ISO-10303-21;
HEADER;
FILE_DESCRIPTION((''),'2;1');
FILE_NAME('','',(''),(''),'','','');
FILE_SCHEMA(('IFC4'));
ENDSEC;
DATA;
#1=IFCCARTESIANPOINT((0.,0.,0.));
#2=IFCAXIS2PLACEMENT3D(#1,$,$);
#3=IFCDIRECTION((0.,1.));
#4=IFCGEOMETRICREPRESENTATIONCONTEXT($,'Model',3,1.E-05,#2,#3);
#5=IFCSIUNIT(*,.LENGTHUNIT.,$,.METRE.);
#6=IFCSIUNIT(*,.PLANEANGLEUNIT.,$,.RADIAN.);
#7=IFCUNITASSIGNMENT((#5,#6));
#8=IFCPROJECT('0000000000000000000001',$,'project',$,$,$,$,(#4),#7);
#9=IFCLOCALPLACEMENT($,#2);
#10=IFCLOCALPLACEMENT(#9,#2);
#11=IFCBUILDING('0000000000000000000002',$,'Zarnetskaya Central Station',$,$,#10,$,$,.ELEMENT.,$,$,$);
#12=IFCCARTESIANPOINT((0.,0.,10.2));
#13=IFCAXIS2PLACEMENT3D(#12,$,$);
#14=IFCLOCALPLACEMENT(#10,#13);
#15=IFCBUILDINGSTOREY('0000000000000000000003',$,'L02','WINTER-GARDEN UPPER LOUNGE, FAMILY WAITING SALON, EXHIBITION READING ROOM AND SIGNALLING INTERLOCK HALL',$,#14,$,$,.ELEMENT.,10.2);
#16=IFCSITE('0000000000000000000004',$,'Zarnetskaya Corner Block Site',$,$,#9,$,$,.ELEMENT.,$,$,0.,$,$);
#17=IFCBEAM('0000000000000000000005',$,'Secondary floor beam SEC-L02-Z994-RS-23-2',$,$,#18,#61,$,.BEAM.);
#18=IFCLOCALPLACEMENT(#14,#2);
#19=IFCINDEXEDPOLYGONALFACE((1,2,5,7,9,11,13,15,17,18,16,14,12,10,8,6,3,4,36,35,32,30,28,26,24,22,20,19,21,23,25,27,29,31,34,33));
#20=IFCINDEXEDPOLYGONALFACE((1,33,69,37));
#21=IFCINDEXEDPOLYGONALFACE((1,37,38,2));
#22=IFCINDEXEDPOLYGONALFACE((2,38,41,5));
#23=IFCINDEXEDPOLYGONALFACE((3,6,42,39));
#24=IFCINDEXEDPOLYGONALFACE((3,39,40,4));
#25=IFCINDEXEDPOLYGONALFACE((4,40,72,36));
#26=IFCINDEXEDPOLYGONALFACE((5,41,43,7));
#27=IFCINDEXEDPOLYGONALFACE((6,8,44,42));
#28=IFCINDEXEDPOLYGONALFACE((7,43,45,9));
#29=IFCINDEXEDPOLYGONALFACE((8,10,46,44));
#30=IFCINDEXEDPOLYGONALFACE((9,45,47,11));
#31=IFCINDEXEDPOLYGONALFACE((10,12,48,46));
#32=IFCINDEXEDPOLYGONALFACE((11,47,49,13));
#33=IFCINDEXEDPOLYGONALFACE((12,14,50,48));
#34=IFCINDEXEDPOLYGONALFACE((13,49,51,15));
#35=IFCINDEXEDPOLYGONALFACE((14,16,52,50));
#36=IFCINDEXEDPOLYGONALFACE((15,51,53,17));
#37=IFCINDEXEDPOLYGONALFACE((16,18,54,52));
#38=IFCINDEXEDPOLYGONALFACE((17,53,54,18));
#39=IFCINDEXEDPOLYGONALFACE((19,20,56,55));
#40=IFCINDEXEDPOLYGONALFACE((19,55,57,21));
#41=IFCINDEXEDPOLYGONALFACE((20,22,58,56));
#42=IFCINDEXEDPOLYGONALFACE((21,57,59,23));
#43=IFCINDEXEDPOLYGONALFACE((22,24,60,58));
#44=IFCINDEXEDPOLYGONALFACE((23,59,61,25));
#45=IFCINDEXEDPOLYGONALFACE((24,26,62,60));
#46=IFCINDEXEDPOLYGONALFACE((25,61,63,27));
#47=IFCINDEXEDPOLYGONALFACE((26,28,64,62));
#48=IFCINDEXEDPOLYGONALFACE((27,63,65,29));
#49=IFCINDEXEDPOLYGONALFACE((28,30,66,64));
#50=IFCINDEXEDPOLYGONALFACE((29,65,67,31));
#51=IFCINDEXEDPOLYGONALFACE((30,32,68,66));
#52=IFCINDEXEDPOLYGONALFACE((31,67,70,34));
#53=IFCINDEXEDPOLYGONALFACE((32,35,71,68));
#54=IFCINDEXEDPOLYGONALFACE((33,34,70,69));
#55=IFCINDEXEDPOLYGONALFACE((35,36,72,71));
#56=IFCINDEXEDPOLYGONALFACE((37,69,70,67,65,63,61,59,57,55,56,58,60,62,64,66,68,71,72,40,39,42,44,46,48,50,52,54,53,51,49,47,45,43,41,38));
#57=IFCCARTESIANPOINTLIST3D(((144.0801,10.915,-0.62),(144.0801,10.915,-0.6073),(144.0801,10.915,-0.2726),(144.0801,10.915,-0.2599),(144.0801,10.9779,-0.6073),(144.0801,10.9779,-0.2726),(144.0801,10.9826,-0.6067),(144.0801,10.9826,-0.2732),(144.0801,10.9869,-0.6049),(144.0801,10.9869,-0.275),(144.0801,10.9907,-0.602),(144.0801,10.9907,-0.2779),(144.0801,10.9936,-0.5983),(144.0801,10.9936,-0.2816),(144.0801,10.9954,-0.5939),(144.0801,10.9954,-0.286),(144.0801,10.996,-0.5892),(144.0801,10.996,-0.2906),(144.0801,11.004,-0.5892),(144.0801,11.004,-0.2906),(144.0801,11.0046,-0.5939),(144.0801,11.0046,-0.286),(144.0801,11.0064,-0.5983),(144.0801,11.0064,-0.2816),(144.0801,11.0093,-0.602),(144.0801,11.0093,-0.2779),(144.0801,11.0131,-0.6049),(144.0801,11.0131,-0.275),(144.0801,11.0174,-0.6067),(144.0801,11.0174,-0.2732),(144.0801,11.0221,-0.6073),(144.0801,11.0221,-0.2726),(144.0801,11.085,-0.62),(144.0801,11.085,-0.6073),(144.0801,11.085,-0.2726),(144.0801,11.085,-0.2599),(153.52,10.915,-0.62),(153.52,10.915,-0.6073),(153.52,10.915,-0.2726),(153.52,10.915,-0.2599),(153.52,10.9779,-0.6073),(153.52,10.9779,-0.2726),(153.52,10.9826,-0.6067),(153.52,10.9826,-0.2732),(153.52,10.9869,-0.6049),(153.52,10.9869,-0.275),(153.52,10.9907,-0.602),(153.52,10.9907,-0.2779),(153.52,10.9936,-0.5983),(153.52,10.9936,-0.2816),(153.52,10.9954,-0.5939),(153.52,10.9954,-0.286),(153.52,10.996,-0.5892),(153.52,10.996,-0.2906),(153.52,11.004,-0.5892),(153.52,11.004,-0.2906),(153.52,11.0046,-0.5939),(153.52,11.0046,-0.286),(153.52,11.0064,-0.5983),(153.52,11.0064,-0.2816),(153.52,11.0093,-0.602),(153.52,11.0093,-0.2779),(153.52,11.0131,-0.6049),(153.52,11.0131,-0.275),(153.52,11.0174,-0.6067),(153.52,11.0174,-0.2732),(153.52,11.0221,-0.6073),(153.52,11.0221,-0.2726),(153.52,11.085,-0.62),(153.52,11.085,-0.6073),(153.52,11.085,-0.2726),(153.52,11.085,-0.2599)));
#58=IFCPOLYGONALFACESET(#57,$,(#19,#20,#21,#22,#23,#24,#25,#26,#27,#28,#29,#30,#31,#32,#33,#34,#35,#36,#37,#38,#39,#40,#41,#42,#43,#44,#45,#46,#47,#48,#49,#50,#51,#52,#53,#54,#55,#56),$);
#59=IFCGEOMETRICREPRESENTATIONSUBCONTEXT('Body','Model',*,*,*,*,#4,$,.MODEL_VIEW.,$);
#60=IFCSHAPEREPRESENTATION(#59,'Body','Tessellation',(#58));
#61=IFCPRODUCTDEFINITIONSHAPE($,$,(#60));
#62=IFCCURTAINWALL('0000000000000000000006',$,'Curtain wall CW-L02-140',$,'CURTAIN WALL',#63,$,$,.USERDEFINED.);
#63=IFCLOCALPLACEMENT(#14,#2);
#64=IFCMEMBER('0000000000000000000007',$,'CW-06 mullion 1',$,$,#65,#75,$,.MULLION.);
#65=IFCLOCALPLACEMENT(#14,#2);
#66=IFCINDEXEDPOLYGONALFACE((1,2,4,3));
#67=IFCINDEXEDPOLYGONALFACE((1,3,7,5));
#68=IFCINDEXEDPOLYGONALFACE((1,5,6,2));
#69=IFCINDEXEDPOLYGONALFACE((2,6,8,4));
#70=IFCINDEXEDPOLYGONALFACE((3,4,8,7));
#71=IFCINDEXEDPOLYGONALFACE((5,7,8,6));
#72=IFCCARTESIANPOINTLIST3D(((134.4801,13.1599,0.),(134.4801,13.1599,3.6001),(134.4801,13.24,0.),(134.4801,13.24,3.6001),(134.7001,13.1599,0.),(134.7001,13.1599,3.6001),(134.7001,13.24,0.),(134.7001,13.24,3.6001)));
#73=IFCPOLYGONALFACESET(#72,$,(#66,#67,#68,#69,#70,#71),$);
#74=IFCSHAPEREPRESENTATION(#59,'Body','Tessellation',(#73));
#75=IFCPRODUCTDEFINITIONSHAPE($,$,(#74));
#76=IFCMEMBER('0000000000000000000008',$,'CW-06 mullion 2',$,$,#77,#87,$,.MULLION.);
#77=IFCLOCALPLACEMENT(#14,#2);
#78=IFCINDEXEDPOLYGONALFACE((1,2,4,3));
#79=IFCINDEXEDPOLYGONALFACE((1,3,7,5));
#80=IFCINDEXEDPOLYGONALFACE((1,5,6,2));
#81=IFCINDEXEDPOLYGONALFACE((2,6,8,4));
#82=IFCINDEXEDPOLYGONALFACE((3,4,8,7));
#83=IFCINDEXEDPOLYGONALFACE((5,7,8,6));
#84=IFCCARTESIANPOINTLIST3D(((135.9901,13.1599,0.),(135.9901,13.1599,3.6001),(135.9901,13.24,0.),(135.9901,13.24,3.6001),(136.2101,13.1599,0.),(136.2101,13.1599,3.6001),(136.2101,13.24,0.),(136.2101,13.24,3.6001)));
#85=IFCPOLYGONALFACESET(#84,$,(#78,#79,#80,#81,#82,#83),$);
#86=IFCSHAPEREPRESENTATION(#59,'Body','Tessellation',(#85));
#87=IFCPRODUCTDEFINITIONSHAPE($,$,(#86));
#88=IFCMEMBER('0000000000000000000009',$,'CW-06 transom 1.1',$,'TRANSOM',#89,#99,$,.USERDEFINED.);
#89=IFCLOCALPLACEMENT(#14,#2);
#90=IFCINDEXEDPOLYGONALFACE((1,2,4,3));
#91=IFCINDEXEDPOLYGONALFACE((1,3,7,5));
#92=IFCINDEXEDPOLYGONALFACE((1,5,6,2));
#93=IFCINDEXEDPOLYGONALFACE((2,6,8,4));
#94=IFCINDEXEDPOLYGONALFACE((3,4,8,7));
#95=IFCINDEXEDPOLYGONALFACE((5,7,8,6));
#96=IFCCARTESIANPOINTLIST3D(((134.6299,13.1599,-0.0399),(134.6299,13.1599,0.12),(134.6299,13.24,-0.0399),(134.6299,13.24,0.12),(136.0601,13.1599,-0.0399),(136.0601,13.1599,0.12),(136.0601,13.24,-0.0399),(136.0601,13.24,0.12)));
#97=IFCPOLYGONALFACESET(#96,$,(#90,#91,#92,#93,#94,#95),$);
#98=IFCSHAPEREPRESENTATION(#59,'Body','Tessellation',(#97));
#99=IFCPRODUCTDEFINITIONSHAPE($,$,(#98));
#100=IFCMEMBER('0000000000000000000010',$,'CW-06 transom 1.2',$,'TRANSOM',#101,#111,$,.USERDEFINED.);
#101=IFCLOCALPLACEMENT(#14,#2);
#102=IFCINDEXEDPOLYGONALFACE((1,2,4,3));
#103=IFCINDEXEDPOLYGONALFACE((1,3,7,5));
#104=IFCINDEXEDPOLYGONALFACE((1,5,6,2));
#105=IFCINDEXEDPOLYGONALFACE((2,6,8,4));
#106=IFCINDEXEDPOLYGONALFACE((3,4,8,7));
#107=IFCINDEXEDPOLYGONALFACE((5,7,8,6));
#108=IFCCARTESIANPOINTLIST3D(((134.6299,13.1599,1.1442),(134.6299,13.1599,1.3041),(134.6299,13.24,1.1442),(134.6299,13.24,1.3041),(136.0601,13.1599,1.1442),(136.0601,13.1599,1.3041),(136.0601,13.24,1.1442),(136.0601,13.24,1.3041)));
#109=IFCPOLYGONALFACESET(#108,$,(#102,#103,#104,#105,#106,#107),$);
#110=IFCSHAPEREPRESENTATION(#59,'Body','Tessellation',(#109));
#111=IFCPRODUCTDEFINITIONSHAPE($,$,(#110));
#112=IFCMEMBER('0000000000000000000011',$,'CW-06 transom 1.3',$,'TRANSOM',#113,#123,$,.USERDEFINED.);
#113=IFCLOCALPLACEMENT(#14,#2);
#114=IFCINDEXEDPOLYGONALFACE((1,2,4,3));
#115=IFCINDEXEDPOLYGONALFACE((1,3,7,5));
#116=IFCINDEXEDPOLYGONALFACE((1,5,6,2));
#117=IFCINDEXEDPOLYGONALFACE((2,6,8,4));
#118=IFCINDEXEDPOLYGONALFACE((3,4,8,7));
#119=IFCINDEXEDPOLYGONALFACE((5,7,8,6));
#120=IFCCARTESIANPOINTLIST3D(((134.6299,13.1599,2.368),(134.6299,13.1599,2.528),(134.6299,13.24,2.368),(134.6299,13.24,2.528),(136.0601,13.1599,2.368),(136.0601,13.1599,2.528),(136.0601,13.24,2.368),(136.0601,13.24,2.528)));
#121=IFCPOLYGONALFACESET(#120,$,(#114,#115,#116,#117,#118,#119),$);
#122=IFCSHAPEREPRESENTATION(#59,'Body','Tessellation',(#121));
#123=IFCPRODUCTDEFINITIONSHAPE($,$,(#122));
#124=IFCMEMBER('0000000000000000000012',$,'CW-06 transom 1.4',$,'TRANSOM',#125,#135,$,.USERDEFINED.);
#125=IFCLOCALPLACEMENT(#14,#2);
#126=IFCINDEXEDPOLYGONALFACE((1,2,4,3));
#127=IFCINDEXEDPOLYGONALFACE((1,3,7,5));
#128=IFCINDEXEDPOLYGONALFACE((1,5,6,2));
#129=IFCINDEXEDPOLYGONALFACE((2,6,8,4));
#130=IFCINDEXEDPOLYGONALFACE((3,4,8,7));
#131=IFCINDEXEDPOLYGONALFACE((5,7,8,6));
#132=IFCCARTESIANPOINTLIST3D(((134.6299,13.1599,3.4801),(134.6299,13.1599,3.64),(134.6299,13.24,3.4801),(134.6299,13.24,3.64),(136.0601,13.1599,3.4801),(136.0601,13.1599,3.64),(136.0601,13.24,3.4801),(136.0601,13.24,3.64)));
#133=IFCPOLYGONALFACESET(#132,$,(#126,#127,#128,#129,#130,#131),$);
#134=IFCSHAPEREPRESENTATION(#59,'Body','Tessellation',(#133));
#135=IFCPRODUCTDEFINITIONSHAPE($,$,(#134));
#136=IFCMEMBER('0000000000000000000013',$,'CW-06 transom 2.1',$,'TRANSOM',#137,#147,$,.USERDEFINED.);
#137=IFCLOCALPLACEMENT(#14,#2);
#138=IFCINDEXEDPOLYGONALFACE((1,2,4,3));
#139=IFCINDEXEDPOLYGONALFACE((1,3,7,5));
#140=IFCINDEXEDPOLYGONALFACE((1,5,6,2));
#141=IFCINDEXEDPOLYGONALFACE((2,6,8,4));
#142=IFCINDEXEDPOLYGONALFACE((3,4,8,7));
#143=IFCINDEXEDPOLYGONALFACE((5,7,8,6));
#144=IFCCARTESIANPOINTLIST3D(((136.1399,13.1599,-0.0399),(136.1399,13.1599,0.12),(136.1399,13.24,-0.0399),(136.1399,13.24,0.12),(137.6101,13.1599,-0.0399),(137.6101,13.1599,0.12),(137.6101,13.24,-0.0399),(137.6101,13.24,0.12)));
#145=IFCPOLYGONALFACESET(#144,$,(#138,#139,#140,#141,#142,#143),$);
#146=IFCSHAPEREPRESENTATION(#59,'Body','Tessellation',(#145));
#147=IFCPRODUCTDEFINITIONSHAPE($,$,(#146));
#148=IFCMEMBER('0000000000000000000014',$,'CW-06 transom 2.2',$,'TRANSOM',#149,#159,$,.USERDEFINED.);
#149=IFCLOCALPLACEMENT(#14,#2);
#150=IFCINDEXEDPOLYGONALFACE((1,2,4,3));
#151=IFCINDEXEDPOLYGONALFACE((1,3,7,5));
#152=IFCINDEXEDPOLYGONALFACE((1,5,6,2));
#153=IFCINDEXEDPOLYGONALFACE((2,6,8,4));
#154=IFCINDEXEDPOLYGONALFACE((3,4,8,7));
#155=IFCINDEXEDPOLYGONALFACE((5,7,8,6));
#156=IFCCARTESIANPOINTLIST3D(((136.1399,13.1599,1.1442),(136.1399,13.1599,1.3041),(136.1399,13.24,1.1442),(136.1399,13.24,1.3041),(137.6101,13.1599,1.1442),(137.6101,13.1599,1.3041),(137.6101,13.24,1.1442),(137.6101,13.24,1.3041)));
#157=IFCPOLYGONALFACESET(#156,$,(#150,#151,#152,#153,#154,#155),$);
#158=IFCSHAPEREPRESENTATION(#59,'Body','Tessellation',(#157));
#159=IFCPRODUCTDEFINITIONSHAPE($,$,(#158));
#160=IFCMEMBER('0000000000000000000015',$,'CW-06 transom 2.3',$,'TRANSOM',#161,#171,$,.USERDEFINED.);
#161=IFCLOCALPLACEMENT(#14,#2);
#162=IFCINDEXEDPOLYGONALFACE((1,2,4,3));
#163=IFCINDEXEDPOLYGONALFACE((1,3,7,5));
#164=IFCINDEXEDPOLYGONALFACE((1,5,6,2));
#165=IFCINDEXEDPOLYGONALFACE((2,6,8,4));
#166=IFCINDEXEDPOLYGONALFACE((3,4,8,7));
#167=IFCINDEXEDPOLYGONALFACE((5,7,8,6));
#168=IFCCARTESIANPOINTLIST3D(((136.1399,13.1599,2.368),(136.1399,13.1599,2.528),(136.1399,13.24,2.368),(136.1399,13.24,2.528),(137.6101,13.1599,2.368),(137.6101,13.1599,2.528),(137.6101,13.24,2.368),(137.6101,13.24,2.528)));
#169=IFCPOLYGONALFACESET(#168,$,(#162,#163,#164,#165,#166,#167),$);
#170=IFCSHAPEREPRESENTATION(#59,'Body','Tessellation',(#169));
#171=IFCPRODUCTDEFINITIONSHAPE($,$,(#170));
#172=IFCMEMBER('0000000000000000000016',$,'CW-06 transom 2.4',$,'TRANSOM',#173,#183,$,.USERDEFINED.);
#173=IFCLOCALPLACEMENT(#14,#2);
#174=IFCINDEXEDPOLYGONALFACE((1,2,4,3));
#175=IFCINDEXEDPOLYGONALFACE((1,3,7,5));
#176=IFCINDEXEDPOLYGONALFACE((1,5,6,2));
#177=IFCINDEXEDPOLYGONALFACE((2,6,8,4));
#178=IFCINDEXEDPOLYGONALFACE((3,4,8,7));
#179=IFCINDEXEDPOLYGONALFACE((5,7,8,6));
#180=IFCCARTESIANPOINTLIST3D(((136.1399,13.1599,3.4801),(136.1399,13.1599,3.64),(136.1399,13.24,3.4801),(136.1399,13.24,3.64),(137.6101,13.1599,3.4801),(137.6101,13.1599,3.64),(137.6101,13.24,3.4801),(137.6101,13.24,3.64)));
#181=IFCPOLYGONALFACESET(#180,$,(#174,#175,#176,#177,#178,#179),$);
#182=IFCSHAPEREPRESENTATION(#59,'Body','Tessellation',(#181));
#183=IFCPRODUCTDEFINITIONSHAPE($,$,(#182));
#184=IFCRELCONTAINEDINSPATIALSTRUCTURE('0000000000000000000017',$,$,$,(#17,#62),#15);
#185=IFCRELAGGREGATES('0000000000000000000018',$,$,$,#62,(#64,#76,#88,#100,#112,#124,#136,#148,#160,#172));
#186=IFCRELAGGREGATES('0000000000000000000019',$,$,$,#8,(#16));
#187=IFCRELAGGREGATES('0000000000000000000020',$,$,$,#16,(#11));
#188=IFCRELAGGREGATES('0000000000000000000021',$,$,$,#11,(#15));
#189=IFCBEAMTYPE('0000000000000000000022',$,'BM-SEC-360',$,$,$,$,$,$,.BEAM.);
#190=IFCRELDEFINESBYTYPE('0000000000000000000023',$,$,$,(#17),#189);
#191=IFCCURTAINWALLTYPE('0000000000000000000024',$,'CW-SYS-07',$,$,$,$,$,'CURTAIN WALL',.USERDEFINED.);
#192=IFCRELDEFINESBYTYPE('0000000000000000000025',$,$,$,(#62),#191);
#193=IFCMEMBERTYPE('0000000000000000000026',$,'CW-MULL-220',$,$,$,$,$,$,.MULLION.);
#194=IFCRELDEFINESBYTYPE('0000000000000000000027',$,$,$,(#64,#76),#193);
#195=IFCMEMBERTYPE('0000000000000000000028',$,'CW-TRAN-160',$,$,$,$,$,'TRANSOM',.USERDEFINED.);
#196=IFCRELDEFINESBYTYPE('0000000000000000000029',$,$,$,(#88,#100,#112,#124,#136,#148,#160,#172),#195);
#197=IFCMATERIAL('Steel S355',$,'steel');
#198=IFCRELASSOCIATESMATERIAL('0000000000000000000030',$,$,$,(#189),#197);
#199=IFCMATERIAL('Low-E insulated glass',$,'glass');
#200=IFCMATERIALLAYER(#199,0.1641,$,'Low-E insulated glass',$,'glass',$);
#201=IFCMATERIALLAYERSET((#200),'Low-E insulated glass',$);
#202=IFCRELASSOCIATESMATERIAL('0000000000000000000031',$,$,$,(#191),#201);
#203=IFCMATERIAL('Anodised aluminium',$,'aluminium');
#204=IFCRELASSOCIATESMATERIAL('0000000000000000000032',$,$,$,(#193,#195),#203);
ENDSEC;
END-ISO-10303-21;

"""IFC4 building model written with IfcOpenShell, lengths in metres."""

from ifc_helpers import new_model, si_unit, direction, frame, origin, origin_2d, place, context, subcontext, project, spatial, rectangle, i_section, extrude, material, layer, layer_set, material_profile, profile_set, type_object, element, aggregate, save


model = new_model("IFC4")

# Units and contexts
model_context = context("Model", 3, precision=1e-05, world=origin(), true_north=direction((0.0, 1.0)))
body_context = subcontext(model_context, "Body", "Model", "MODEL_VIEW")
ifc_project = project(units=[si_unit("LENGTHUNIT", "METRE"), si_unit("PLANEANGLEUNIT", "RADIAN")], contexts=[model_context])

# Site, building, storey
site_placement = place(None, origin())
site = spatial("IfcSite", under=ifc_project, at=site_placement, Name="Zarnetskaya Corner Block Site", CompositionType="ELEMENT", RefElevation=0.0)
building_placement = place(site_placement, origin())
building = spatial("IfcBuilding", under=site, at=building_placement, Name="Zarnetskaya Central Station", CompositionType="ELEMENT")
storey_placement = place(building_placement, frame((0.0, 0.0, 10.2)))
storey = spatial("IfcBuildingStorey", under=building, at=storey_placement, Name="L02", Description="WINTER-GARDEN UPPER LOUNGE, FAMILY WAITING SALON, EXHIBITION READING ROOM AND SIGNALLING INTERLOCK HALL", CompositionType="ELEMENT", Elevation=10.2)

# Shared definitions
ifc_material_1 = material(Name="Steel S355", Category="steel")

# Beam
ifc_material_profile_1 = material_profile(ifc_material_1, i_section(OverallWidth=0.1699, OverallDepth=0.3601, WebThickness=0.0081, FlangeThickness=0.0127, FilletRadius=0.0181, at=origin_2d()), Name="IPE 360")
ifc_profile_set_1 = profile_set([ifc_material_profile_1], Name="Steel S355")
beam_type_1 = type_object("IfcBeamType", Name="BM-SEC-360", PredefinedType="BEAM", material=ifc_profile_set_1)
for number, where, z_axis, x_axis, name in (
    (1, (144.0801, 11.0, -0.4399), (1.0, 0.0, 0.0), (0.0, 1.0, 0.0), "Secondary floor beam SEC-L02-Z994-RS-23-2"),
):
    element("IfcBeam", number, at=place(storey_placement, frame(where, z_axis=z_axis, x_axis=x_axis)), inside=storey, type_object=beam_type_1, Name=name, PredefinedType="BEAM", context=body_context, shape_type="SweptSolid", body=[
        extrude(i_section(OverallWidth=0.1699, OverallDepth=0.3601, WebThickness=0.0081, FlangeThickness=0.0127, FilletRadius=0.0181, at=origin_2d()), origin(), (0.0, 0.0, 1.0), 9.4399),
    ])

# Curtain wall, members
ifc_material_2 = material(Name="Low-E insulated glass", Category="glass")
ifc_layer_1 = layer(ifc_material_2, 0.1641, Name="Low-E insulated glass", Category="glass")
ifc_layer_set_1 = layer_set([ifc_layer_1], Name="Low-E insulated glass")
curtain_wall_type = type_object("IfcCurtainWallType", Name="CW-SYS-07", ElementType="CURTAIN WALL", PredefinedType="USERDEFINED", material=ifc_layer_set_1)
curtain_wall_placement = place(storey_placement, origin())
curtain_wall = element("IfcCurtainWall", 2, at=curtain_wall_placement, inside=storey, type_object=curtain_wall_type, Name="Curtain wall CW-L02-140", ObjectType="CURTAIN WALL", PredefinedType="USERDEFINED")
ifc_material_3 = material(Name="Anodised aluminium", Category="aluminium")
ifc_material_profile_2 = material_profile(ifc_material_3, rectangle(XDim=0.0801, YDim=0.22, at=origin_2d()), Name="ALU MULL 80x220")
ifc_profile_set_2 = profile_set([ifc_material_profile_2], Name="Anodised aluminium")
member_type_1 = type_object("IfcMemberType", Name="CW-MULL-220", PredefinedType="MULLION", material=ifc_profile_set_2)
member_1_placement = place(storey_placement, frame((134.5901, 13.2, 0.0), z_axis=(0.0, 0.0, 1.0), x_axis=(0.0, 1.0, 0.0)))
member_1 = element("IfcMember", 3, at=member_1_placement, type_object=member_type_1, Name="CW-06 mullion 1", PredefinedType="MULLION", context=body_context, shape_type="SweptSolid", body=[
    extrude(rectangle(XDim=0.0801, YDim=0.22, at=origin_2d()), origin(), (0.0, 0.0, 1.0), 3.6001),
])
member_2_placement = place(storey_placement, frame((136.1001, 13.2, 0.0), z_axis=(0.0, 0.0, 1.0), x_axis=(0.0, 1.0, 0.0)))
member_2 = element("IfcMember", 4, at=member_2_placement, type_object=member_type_1, Name="CW-06 mullion 2", PredefinedType="MULLION", context=body_context, shape_type="SweptSolid", body=[
    extrude(rectangle(XDim=0.0801, YDim=0.22, at=origin_2d()), origin(), (0.0, 0.0, 1.0), 3.6001),
])
ifc_material_profile_3 = material_profile(ifc_material_3, rectangle(XDim=0.0801, YDim=0.1599, at=origin_2d()), Name="ALU TRAN 80x160")
ifc_profile_set_3 = profile_set([ifc_material_profile_3], Name="Anodised aluminium")
member_type_2 = type_object("IfcMemberType", Name="CW-TRAN-160", ElementType="TRANSOM", PredefinedType="USERDEFINED", material=ifc_profile_set_3)
member_3_placement = place(storey_placement, frame((134.6299, 13.2, 0.04), z_axis=(1.0, 0.0, 0.0), x_axis=(0.0, 1.0, 0.0)))
member_3 = element("IfcMember", 5, at=member_3_placement, type_object=member_type_2, Name="CW-06 transom 1.1", ObjectType="TRANSOM", PredefinedType="USERDEFINED", context=body_context, shape_type="SweptSolid", body=[
    extrude(rectangle(XDim=0.0801, YDim=0.1599, at=origin_2d()), origin(), (0.0, 0.0, 1.0), 1.4302),
])
member_4_placement = place(storey_placement, frame((134.6299, 13.2, 1.2241), z_axis=(1.0, 0.0, 0.0), x_axis=(0.0, 1.0, 0.0)))
member_4 = element("IfcMember", 6, at=member_4_placement, type_object=member_type_2, Name="CW-06 transom 1.2", ObjectType="TRANSOM", PredefinedType="USERDEFINED", context=body_context, shape_type="SweptSolid", body=[
    extrude(rectangle(XDim=0.0801, YDim=0.1599, at=origin_2d()), origin(), (0.0, 0.0, 1.0), 1.4302),
])
member_5_placement = place(storey_placement, frame((134.6299, 13.2, 2.448), z_axis=(1.0, 0.0, 0.0), x_axis=(0.0, 1.0, 0.0)))
member_5 = element("IfcMember", 7, at=member_5_placement, type_object=member_type_2, Name="CW-06 transom 1.3", ObjectType="TRANSOM", PredefinedType="USERDEFINED", context=body_context, shape_type="SweptSolid", body=[
    extrude(rectangle(XDim=0.0801, YDim=0.1599, at=origin_2d()), origin(), (0.0, 0.0, 1.0), 1.4302),
])
member_6_placement = place(storey_placement, frame((134.6299, 13.2, 3.5601), z_axis=(1.0, 0.0, 0.0), x_axis=(0.0, 1.0, 0.0)))
member_6 = element("IfcMember", 8, at=member_6_placement, type_object=member_type_2, Name="CW-06 transom 1.4", ObjectType="TRANSOM", PredefinedType="USERDEFINED", context=body_context, shape_type="SweptSolid", body=[
    extrude(rectangle(XDim=0.0801, YDim=0.1599, at=origin_2d()), origin(), (0.0, 0.0, 1.0), 1.4302),
])
member_7_placement = place(storey_placement, frame((136.1399, 13.2, 0.04), z_axis=(1.0, 0.0, 0.0), x_axis=(0.0, 1.0, 0.0)))
member_7 = element("IfcMember", 9, at=member_7_placement, type_object=member_type_2, Name="CW-06 transom 2.1", ObjectType="TRANSOM", PredefinedType="USERDEFINED", context=body_context, shape_type="SweptSolid", body=[
    extrude(rectangle(XDim=0.0801, YDim=0.1599, at=origin_2d()), origin(), (0.0, 0.0, 1.0), 1.4702),
])
member_8_placement = place(storey_placement, frame((136.1399, 13.2, 1.2241), z_axis=(1.0, 0.0, 0.0), x_axis=(0.0, 1.0, 0.0)))
member_8 = element("IfcMember", 10, at=member_8_placement, type_object=member_type_2, Name="CW-06 transom 2.2", ObjectType="TRANSOM", PredefinedType="USERDEFINED", context=body_context, shape_type="SweptSolid", body=[
    extrude(rectangle(XDim=0.0801, YDim=0.1599, at=origin_2d()), origin(), (0.0, 0.0, 1.0), 1.4702),
])
member_9_placement = place(storey_placement, frame((136.1399, 13.2, 2.448), z_axis=(1.0, 0.0, 0.0), x_axis=(0.0, 1.0, 0.0)))
member_9 = element("IfcMember", 11, at=member_9_placement, type_object=member_type_2, Name="CW-06 transom 2.3", ObjectType="TRANSOM", PredefinedType="USERDEFINED", context=body_context, shape_type="SweptSolid", body=[
    extrude(rectangle(XDim=0.0801, YDim=0.1599, at=origin_2d()), origin(), (0.0, 0.0, 1.0), 1.4702),
])
member_10_placement = place(storey_placement, frame((136.1399, 13.2, 3.5601), z_axis=(1.0, 0.0, 0.0), x_axis=(0.0, 1.0, 0.0)))
member_10 = element("IfcMember", 12, at=member_10_placement, type_object=member_type_2, Name="CW-06 transom 2.4", ObjectType="TRANSOM", PredefinedType="USERDEFINED", context=body_context, shape_type="SweptSolid", body=[
    extrude(rectangle(XDim=0.0801, YDim=0.1599, at=origin_2d()), origin(), (0.0, 0.0, 1.0), 1.4702),
])

aggregate(curtain_wall, [member_1, member_2, member_3, member_4, member_5, member_6, member_7, member_8, member_9, member_10])

save(model, "model.ifc")
